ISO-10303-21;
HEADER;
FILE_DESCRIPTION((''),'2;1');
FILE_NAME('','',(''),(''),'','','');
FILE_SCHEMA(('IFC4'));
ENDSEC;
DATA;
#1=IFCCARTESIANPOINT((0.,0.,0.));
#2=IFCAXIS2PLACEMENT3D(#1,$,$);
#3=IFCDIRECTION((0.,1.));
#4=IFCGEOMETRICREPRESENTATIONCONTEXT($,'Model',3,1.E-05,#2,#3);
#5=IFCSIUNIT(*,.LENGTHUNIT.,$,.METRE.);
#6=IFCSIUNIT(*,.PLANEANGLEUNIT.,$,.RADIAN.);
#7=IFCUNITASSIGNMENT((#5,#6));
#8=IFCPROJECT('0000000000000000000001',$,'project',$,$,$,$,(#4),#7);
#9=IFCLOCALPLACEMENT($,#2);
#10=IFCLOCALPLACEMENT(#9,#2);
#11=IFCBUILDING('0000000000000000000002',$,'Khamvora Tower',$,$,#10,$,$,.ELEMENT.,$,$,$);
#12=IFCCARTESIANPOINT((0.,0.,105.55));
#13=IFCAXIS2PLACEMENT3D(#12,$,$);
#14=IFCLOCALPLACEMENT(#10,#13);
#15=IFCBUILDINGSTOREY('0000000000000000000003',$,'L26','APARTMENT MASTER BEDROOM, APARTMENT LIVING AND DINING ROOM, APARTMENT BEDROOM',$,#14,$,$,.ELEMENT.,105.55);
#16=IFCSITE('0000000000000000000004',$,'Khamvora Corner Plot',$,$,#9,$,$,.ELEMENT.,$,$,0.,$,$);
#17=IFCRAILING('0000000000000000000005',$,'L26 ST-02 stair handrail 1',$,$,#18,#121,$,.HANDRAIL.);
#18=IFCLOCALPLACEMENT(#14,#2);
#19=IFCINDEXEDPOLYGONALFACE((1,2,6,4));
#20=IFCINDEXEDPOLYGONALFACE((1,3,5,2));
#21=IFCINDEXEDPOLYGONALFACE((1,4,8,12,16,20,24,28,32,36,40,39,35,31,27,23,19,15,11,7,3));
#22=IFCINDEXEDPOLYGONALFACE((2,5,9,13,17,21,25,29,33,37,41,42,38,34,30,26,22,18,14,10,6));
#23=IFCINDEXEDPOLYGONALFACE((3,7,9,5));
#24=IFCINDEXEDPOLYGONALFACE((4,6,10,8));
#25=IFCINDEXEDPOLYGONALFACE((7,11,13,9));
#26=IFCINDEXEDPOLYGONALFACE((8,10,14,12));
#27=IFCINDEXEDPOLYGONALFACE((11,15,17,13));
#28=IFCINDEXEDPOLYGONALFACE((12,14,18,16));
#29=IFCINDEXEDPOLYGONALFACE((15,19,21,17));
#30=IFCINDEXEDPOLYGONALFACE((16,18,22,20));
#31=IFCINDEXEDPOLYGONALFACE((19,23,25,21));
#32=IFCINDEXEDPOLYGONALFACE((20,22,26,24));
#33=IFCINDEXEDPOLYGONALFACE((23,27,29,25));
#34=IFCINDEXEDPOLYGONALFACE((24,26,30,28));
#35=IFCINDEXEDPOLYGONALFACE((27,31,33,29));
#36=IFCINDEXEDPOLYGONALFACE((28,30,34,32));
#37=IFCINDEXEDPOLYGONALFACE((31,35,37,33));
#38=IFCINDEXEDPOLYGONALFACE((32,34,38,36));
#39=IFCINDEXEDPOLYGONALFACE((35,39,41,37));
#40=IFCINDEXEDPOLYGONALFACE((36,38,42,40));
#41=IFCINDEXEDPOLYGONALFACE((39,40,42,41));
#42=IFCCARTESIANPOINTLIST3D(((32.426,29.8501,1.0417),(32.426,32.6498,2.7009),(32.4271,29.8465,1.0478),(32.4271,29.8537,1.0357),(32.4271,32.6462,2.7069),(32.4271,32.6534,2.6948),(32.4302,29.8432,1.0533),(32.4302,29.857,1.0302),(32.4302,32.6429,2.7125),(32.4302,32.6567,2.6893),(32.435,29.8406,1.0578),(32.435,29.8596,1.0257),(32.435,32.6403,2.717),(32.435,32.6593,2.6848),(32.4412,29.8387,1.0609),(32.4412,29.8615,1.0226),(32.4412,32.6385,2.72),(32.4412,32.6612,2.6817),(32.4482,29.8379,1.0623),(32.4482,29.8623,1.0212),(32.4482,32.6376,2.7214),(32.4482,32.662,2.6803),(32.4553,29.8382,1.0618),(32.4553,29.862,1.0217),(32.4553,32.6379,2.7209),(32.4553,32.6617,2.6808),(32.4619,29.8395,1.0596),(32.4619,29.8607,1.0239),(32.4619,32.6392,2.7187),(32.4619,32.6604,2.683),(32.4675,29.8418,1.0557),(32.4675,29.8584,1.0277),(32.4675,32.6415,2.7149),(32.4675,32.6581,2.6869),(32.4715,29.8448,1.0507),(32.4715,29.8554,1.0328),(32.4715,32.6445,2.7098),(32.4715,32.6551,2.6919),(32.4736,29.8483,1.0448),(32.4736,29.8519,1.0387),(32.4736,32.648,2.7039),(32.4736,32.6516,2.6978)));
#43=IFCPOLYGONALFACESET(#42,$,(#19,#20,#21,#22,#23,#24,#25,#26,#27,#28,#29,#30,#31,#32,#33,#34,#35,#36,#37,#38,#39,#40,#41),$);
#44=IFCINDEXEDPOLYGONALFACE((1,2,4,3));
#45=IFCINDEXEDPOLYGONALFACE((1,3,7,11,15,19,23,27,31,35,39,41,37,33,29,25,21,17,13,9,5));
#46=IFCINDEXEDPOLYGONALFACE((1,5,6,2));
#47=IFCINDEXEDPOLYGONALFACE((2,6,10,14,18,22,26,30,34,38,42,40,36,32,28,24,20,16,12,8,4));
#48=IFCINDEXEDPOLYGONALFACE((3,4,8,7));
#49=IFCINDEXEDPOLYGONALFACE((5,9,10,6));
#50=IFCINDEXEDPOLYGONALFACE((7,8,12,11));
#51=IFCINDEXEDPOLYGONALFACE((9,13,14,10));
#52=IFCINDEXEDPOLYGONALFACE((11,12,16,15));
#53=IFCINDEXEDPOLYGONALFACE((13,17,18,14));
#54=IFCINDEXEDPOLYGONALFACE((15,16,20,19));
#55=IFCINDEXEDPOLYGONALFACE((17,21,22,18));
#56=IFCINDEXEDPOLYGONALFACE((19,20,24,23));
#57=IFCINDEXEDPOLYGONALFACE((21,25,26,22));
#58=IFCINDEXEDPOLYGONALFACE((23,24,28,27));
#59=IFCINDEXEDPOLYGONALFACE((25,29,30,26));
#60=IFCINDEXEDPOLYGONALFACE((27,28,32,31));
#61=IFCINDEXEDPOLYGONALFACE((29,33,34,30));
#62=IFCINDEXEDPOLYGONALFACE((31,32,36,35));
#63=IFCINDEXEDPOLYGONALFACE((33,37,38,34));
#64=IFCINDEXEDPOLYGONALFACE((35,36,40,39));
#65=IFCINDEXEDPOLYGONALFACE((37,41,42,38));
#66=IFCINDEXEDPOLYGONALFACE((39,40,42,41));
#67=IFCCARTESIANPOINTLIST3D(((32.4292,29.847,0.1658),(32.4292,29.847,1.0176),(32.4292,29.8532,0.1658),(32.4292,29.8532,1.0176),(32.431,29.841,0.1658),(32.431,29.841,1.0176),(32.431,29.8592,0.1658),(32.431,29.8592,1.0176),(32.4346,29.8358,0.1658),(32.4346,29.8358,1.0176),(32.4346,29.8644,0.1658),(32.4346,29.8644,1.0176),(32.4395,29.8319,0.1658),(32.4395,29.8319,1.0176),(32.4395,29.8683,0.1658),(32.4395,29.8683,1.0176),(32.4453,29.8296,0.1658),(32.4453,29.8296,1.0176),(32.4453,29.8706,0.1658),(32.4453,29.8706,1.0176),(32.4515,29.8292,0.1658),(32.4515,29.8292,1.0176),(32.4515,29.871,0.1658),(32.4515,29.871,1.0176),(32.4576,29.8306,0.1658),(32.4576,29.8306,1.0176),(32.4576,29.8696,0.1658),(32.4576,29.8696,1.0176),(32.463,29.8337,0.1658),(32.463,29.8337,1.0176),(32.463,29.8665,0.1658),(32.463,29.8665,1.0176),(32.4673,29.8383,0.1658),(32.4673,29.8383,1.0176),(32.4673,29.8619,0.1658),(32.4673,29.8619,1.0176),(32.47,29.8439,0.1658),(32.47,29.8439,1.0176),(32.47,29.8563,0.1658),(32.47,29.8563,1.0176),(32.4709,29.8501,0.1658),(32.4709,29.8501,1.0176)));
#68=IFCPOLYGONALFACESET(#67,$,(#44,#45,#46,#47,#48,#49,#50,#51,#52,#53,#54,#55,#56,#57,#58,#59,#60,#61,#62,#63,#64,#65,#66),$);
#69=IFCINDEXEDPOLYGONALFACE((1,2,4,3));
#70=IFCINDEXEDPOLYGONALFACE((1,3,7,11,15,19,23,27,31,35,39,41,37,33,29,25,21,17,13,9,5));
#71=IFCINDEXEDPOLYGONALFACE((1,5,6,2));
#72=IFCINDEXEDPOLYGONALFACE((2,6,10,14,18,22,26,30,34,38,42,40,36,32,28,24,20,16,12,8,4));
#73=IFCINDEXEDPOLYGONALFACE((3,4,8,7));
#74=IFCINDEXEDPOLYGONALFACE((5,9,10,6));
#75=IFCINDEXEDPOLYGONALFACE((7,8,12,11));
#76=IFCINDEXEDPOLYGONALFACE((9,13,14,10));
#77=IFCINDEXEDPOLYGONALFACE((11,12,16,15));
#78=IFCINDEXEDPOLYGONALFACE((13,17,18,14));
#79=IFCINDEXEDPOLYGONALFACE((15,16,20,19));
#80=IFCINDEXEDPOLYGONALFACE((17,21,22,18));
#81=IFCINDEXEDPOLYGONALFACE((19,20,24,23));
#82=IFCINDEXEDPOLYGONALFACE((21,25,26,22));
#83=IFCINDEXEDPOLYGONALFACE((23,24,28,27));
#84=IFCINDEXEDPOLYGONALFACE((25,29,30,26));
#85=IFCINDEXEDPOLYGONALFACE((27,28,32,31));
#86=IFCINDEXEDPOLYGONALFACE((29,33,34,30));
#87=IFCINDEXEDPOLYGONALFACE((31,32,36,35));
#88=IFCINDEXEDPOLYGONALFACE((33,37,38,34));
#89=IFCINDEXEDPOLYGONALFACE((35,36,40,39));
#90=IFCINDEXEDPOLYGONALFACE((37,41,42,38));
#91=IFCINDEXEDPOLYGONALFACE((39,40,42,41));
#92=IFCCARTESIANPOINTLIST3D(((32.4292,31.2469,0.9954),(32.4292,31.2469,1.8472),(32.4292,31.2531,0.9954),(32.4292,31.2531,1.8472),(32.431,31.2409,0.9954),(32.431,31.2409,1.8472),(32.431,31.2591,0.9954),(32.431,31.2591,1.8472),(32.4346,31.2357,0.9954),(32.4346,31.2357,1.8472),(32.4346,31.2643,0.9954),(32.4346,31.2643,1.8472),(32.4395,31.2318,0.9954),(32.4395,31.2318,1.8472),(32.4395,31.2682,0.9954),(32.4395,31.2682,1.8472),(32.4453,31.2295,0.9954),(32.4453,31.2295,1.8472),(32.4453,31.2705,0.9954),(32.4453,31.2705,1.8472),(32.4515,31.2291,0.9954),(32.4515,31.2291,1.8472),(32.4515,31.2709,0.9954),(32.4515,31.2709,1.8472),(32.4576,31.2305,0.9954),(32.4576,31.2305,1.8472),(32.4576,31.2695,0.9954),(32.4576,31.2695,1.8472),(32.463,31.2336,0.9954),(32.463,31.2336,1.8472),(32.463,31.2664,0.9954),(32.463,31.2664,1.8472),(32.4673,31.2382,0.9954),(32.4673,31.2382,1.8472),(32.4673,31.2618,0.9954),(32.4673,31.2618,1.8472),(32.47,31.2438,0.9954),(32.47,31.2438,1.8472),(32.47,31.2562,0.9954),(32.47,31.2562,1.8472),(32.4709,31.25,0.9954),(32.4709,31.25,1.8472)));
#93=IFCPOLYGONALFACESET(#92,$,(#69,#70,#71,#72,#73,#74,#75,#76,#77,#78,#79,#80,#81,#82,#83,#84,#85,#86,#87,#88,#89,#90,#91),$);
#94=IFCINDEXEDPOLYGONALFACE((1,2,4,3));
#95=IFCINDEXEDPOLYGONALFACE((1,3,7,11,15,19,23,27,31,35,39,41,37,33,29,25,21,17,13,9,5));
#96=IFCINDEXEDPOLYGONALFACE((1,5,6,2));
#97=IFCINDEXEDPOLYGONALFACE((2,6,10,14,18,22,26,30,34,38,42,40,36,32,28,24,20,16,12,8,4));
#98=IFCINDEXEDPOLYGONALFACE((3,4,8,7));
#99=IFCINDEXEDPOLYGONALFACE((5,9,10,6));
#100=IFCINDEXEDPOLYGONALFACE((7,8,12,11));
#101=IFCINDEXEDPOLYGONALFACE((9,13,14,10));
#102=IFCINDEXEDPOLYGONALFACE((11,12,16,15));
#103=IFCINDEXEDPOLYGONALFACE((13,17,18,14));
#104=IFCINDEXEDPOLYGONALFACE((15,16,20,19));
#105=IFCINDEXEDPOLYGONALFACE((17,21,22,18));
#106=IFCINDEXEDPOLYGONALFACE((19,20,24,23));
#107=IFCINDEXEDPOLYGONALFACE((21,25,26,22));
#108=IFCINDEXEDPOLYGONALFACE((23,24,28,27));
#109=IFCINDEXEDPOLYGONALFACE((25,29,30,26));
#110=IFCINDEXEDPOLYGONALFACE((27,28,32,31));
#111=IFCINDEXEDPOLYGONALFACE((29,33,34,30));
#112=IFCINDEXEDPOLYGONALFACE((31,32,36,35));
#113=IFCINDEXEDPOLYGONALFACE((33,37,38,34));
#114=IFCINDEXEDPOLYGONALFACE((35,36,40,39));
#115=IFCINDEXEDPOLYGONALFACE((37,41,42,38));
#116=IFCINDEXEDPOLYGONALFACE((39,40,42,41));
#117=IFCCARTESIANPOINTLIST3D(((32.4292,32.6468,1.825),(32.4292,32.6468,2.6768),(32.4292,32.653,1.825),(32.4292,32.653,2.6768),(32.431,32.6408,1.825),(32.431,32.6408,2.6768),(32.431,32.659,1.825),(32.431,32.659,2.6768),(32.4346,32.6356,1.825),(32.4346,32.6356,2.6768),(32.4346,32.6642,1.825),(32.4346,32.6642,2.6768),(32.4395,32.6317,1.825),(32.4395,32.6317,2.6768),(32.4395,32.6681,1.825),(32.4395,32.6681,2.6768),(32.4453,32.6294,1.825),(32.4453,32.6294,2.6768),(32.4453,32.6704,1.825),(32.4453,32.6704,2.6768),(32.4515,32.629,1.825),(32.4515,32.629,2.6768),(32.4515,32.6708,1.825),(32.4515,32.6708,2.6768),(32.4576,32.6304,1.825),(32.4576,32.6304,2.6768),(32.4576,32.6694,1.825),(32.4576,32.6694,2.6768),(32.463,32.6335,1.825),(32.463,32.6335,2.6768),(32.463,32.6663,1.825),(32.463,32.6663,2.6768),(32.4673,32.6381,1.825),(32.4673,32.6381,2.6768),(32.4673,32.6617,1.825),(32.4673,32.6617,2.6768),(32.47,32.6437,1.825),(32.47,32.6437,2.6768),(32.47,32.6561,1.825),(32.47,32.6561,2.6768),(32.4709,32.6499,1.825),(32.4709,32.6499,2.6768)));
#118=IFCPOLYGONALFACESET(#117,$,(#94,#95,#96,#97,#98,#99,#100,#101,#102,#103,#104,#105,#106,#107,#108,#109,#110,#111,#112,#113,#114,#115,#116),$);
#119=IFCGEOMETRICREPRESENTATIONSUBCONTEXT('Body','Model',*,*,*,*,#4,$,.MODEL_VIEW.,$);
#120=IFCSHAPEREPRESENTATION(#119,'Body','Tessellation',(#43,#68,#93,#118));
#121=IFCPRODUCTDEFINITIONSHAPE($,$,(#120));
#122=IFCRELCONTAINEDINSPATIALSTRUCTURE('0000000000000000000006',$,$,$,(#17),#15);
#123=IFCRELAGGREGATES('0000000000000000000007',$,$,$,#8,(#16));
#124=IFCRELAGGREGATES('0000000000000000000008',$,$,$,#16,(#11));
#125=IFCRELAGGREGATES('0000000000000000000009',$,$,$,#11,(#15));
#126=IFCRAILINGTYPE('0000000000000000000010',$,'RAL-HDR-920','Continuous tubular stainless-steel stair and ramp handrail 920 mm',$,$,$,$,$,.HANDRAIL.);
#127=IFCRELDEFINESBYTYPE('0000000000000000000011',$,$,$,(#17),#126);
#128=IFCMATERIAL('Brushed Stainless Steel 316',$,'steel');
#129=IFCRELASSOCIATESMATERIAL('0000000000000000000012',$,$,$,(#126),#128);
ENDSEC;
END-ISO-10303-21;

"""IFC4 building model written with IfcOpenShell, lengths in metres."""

from ifc_helpers import new_model, si_unit, direction, frame, origin, origin_2d, place, context, subcontext, project, spatial, circle, extrude, material, type_object, element, save


model = new_model("IFC4")

# Units and contexts
model_context = context("Model", 3, precision=1e-05, world=origin(), true_north=direction((0.0, 1.0)))
body_context = subcontext(model_context, "Body", "Model", "MODEL_VIEW")
ifc_project = project(units=[si_unit("LENGTHUNIT", "METRE"), si_unit("PLANEANGLEUNIT", "RADIAN")], contexts=[model_context])

# Site, building, storey
site_placement = place(None, origin())
site = spatial("IfcSite", under=ifc_project, at=site_placement, Name="Khamvora Corner Plot", CompositionType="ELEMENT", RefElevation=0.0)
building_placement = place(site_placement, origin())
building = spatial("IfcBuilding", under=site, at=building_placement, Name="Khamvora Tower", CompositionType="ELEMENT")
storey_placement = place(building_placement, frame((0.0, 0.0, 105.55)))
storey = spatial("IfcBuildingStorey", under=building, at=storey_placement, Name="L26", Description="APARTMENT MASTER BEDROOM, APARTMENT LIVING AND DINING ROOM, APARTMENT BEDROOM", CompositionType="ELEMENT", Elevation=105.55)

# Railing
ifc_material_1 = material(Name="Brushed Stainless Steel 316", Category="steel")
railing_type = type_object("IfcRailingType", Name="RAL-HDR-920", Description="Continuous tubular stainless-steel stair and ramp handrail 920 mm", PredefinedType="HANDRAIL", material=ifc_material_1)
railing_placement = place(storey_placement, frame((32.45, 29.8501, 0.1658)))
element("IfcRailing", 1, at=railing_placement, inside=storey, type_object=railing_type, Name="L26 ST-02 stair handrail 1", PredefinedType="HANDRAIL", context=body_context, shape_type="SweptSolid", body=[
    extrude(circle(Radius=0.0239, at=origin_2d()), frame((0.0, 0.0, 0.876), z_axis=(0.0, 0.860287, 0.509811), x_axis=(-1.0, 0.0, 0.0)), (0.0, 0.0, 1.0), 3.2544),
    extrude(circle(Radius=0.021, at=origin_2d()), origin(), (0.0, 0.0, 1.0), 0.8518),
    extrude(circle(Radius=0.021, at=origin_2d()), frame((0.0, 1.3999, 0.8296)), (0.0, 0.0, 1.0), 0.8518),
    extrude(circle(Radius=0.021, at=origin_2d()), frame((0.0, 2.7998, 1.6592)), (0.0, 0.0, 1.0), 0.8518),
])

save(model, "model.ifc")
